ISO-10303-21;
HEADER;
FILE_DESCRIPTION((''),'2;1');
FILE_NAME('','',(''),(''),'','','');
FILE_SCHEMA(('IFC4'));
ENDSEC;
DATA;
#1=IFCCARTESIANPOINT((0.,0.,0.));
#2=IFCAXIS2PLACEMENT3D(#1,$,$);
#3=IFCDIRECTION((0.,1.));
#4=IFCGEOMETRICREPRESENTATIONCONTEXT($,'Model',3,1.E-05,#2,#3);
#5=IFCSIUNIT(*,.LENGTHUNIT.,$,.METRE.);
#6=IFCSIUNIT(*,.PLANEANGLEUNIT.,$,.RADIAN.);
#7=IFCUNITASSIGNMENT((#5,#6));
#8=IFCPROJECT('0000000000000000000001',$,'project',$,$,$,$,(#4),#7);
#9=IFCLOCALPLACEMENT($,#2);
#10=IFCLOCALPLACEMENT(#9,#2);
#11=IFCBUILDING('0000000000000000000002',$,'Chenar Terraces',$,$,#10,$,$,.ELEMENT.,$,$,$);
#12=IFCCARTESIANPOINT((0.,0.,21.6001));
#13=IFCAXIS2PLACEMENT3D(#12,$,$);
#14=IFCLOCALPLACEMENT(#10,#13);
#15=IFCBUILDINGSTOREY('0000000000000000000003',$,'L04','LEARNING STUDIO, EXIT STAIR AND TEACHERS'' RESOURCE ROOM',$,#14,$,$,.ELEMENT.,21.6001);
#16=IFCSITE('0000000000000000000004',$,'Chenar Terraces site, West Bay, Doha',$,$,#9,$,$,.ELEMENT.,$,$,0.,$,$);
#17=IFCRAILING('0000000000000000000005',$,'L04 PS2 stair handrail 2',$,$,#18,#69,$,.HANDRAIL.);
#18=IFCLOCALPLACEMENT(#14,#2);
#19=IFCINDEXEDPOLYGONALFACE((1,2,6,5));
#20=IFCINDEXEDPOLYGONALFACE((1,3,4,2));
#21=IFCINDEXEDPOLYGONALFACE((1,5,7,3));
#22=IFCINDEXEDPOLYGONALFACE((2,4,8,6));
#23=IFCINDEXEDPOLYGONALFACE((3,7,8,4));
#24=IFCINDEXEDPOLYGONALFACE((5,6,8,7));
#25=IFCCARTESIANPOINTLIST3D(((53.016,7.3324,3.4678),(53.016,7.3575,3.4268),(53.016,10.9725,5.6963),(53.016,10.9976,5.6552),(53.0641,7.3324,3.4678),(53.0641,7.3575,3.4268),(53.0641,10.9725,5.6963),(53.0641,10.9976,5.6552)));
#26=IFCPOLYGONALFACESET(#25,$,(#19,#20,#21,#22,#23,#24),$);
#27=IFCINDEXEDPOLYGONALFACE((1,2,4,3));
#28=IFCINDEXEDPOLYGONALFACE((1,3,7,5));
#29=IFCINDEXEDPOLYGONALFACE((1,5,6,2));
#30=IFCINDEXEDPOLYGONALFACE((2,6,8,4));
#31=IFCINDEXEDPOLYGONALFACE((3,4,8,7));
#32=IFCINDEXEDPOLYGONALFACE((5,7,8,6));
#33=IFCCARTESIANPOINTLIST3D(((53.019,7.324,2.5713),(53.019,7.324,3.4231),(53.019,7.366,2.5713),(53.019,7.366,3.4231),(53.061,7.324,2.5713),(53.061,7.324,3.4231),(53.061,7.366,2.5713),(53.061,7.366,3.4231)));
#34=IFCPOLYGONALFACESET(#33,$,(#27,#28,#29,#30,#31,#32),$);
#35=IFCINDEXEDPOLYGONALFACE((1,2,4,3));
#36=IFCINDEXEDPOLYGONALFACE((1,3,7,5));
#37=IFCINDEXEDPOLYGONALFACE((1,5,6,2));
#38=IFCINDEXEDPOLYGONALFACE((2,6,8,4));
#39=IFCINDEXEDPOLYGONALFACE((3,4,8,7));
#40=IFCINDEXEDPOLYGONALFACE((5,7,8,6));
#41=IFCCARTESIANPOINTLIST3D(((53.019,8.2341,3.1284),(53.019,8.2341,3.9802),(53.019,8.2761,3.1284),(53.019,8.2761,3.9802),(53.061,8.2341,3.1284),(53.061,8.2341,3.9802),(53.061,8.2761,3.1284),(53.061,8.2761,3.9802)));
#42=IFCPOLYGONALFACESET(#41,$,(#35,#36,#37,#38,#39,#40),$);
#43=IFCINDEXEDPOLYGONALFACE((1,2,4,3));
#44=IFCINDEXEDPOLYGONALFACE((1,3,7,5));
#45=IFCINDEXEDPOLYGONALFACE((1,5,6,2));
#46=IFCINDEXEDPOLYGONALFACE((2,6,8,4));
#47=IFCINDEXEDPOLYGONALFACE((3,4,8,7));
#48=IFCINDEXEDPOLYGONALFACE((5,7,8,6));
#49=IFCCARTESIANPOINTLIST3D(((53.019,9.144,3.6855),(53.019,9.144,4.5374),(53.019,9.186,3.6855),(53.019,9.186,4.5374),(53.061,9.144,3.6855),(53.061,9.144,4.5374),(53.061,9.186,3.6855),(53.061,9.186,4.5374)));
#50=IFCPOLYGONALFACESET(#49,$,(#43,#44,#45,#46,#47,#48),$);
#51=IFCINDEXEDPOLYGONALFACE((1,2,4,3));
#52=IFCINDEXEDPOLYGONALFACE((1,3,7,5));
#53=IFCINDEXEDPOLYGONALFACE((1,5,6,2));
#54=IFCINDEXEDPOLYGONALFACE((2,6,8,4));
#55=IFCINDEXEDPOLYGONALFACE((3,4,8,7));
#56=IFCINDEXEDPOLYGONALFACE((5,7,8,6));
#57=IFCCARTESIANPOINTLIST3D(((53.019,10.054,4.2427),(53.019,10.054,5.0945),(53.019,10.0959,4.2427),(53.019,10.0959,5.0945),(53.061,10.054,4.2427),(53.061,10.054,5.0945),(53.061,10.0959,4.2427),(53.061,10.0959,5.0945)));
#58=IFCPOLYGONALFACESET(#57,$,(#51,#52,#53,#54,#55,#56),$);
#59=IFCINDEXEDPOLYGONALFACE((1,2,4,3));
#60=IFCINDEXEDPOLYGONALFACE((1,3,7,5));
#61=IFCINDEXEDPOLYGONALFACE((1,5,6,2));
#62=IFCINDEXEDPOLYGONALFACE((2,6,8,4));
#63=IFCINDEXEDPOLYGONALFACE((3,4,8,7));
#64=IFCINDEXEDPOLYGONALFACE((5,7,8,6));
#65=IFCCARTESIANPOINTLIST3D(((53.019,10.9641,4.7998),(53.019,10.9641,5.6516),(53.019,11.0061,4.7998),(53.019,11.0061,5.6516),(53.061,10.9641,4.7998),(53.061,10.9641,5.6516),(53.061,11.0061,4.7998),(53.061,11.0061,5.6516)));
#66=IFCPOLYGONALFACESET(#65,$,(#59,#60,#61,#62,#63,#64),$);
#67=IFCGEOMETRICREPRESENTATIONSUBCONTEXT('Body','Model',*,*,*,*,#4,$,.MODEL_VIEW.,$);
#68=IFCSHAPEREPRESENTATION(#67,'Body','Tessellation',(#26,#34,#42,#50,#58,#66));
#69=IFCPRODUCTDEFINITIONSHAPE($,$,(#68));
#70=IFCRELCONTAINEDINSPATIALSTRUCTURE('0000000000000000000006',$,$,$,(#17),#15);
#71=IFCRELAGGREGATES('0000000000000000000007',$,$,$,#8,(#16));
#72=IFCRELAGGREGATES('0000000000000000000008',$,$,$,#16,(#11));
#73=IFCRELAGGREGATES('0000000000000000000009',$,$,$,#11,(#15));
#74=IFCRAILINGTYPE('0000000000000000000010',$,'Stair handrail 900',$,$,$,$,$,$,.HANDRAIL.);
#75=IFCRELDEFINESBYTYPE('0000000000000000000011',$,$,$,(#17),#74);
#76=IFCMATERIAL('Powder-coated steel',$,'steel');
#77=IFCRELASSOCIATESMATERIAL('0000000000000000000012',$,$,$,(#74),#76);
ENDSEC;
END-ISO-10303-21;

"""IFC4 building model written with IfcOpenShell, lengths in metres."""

from ifc_helpers import new_model, si_unit, direction, frame, origin, origin_2d, place, context, subcontext, project, spatial, rectangle, extrude, material, type_object, element, save


model = new_model("IFC4")

# Units and contexts
model_context = context("Model", 3, precision=1e-05, world=origin(), true_north=direction((0.0, 1.0)))
body_context = subcontext(model_context, "Body", "Model", "MODEL_VIEW")
ifc_project = project(units=[si_unit("LENGTHUNIT", "METRE"), si_unit("PLANEANGLEUNIT", "RADIAN")], contexts=[model_context])

# Site, building, storey
site_placement = place(None, origin())
site = spatial("IfcSite", under=ifc_project, at=site_placement, Name="Chenar Terraces site, West Bay, Doha", CompositionType="ELEMENT", RefElevation=0.0)
building_placement = place(site_placement, origin())
building = spatial("IfcBuilding", under=site, at=building_placement, Name="Chenar Terraces", CompositionType="ELEMENT")
storey_placement = place(building_placement, frame((0.0, 0.0, 21.6001)))
storey = spatial("IfcBuildingStorey", under=building, at=storey_placement, Name="L04", Description="LEARNING STUDIO, EXIT STAIR AND TEACHERS' RESOURCE ROOM", CompositionType="ELEMENT", Elevation=21.6001)

# Railing
ifc_material_1 = material(Name="Powder-coated steel", Category="steel")
railing_type_1 = type_object("IfcRailingType", Name="Stair handrail 900", PredefinedType="HANDRAIL", material=ifc_material_1)
railing_1_placement = place(storey_placement, frame((53.04, 7.345, 2.5713)))
element("IfcRailing", 1, at=railing_1_placement, inside=storey, type_object=railing_type_1, Name="L04 PS2 stair handrail 2", PredefinedType="HANDRAIL", context=body_context, shape_type="SweptSolid", body=[
    extrude(rectangle(XDim=0.0481, YDim=0.0481, at=origin_2d()), frame((0.0, 0.0, 0.876), z_axis=(0.0, 0.852866, 0.52213), x_axis=(-1.0, 0.0, 0.0)), (0.0, 0.0, 1.0), 4.2681),
    extrude(rectangle(XDim=0.042, YDim=0.042, at=origin_2d()), origin(), (0.0, 0.0, 1.0), 0.8518),
    extrude(rectangle(XDim=0.042, YDim=0.042, at=origin_2d()), frame((0.0, 0.9102, 0.5571)), (0.0, 0.0, 1.0), 0.8518),
    extrude(rectangle(XDim=0.042, YDim=0.042, at=origin_2d()), frame((0.0, 1.8201, 1.1143)), (0.0, 0.0, 1.0), 0.8518),
    extrude(rectangle(XDim=0.042, YDim=0.042, at=origin_2d()), frame((0.0, 2.73, 1.6714)), (0.0, 0.0, 1.0), 0.8518),
    extrude(rectangle(XDim=0.042, YDim=0.042, at=origin_2d()), frame((0.0, 3.6401, 2.2285)), (0.0, 0.0, 1.0), 0.8518),
])

save(model, "model.ifc")
